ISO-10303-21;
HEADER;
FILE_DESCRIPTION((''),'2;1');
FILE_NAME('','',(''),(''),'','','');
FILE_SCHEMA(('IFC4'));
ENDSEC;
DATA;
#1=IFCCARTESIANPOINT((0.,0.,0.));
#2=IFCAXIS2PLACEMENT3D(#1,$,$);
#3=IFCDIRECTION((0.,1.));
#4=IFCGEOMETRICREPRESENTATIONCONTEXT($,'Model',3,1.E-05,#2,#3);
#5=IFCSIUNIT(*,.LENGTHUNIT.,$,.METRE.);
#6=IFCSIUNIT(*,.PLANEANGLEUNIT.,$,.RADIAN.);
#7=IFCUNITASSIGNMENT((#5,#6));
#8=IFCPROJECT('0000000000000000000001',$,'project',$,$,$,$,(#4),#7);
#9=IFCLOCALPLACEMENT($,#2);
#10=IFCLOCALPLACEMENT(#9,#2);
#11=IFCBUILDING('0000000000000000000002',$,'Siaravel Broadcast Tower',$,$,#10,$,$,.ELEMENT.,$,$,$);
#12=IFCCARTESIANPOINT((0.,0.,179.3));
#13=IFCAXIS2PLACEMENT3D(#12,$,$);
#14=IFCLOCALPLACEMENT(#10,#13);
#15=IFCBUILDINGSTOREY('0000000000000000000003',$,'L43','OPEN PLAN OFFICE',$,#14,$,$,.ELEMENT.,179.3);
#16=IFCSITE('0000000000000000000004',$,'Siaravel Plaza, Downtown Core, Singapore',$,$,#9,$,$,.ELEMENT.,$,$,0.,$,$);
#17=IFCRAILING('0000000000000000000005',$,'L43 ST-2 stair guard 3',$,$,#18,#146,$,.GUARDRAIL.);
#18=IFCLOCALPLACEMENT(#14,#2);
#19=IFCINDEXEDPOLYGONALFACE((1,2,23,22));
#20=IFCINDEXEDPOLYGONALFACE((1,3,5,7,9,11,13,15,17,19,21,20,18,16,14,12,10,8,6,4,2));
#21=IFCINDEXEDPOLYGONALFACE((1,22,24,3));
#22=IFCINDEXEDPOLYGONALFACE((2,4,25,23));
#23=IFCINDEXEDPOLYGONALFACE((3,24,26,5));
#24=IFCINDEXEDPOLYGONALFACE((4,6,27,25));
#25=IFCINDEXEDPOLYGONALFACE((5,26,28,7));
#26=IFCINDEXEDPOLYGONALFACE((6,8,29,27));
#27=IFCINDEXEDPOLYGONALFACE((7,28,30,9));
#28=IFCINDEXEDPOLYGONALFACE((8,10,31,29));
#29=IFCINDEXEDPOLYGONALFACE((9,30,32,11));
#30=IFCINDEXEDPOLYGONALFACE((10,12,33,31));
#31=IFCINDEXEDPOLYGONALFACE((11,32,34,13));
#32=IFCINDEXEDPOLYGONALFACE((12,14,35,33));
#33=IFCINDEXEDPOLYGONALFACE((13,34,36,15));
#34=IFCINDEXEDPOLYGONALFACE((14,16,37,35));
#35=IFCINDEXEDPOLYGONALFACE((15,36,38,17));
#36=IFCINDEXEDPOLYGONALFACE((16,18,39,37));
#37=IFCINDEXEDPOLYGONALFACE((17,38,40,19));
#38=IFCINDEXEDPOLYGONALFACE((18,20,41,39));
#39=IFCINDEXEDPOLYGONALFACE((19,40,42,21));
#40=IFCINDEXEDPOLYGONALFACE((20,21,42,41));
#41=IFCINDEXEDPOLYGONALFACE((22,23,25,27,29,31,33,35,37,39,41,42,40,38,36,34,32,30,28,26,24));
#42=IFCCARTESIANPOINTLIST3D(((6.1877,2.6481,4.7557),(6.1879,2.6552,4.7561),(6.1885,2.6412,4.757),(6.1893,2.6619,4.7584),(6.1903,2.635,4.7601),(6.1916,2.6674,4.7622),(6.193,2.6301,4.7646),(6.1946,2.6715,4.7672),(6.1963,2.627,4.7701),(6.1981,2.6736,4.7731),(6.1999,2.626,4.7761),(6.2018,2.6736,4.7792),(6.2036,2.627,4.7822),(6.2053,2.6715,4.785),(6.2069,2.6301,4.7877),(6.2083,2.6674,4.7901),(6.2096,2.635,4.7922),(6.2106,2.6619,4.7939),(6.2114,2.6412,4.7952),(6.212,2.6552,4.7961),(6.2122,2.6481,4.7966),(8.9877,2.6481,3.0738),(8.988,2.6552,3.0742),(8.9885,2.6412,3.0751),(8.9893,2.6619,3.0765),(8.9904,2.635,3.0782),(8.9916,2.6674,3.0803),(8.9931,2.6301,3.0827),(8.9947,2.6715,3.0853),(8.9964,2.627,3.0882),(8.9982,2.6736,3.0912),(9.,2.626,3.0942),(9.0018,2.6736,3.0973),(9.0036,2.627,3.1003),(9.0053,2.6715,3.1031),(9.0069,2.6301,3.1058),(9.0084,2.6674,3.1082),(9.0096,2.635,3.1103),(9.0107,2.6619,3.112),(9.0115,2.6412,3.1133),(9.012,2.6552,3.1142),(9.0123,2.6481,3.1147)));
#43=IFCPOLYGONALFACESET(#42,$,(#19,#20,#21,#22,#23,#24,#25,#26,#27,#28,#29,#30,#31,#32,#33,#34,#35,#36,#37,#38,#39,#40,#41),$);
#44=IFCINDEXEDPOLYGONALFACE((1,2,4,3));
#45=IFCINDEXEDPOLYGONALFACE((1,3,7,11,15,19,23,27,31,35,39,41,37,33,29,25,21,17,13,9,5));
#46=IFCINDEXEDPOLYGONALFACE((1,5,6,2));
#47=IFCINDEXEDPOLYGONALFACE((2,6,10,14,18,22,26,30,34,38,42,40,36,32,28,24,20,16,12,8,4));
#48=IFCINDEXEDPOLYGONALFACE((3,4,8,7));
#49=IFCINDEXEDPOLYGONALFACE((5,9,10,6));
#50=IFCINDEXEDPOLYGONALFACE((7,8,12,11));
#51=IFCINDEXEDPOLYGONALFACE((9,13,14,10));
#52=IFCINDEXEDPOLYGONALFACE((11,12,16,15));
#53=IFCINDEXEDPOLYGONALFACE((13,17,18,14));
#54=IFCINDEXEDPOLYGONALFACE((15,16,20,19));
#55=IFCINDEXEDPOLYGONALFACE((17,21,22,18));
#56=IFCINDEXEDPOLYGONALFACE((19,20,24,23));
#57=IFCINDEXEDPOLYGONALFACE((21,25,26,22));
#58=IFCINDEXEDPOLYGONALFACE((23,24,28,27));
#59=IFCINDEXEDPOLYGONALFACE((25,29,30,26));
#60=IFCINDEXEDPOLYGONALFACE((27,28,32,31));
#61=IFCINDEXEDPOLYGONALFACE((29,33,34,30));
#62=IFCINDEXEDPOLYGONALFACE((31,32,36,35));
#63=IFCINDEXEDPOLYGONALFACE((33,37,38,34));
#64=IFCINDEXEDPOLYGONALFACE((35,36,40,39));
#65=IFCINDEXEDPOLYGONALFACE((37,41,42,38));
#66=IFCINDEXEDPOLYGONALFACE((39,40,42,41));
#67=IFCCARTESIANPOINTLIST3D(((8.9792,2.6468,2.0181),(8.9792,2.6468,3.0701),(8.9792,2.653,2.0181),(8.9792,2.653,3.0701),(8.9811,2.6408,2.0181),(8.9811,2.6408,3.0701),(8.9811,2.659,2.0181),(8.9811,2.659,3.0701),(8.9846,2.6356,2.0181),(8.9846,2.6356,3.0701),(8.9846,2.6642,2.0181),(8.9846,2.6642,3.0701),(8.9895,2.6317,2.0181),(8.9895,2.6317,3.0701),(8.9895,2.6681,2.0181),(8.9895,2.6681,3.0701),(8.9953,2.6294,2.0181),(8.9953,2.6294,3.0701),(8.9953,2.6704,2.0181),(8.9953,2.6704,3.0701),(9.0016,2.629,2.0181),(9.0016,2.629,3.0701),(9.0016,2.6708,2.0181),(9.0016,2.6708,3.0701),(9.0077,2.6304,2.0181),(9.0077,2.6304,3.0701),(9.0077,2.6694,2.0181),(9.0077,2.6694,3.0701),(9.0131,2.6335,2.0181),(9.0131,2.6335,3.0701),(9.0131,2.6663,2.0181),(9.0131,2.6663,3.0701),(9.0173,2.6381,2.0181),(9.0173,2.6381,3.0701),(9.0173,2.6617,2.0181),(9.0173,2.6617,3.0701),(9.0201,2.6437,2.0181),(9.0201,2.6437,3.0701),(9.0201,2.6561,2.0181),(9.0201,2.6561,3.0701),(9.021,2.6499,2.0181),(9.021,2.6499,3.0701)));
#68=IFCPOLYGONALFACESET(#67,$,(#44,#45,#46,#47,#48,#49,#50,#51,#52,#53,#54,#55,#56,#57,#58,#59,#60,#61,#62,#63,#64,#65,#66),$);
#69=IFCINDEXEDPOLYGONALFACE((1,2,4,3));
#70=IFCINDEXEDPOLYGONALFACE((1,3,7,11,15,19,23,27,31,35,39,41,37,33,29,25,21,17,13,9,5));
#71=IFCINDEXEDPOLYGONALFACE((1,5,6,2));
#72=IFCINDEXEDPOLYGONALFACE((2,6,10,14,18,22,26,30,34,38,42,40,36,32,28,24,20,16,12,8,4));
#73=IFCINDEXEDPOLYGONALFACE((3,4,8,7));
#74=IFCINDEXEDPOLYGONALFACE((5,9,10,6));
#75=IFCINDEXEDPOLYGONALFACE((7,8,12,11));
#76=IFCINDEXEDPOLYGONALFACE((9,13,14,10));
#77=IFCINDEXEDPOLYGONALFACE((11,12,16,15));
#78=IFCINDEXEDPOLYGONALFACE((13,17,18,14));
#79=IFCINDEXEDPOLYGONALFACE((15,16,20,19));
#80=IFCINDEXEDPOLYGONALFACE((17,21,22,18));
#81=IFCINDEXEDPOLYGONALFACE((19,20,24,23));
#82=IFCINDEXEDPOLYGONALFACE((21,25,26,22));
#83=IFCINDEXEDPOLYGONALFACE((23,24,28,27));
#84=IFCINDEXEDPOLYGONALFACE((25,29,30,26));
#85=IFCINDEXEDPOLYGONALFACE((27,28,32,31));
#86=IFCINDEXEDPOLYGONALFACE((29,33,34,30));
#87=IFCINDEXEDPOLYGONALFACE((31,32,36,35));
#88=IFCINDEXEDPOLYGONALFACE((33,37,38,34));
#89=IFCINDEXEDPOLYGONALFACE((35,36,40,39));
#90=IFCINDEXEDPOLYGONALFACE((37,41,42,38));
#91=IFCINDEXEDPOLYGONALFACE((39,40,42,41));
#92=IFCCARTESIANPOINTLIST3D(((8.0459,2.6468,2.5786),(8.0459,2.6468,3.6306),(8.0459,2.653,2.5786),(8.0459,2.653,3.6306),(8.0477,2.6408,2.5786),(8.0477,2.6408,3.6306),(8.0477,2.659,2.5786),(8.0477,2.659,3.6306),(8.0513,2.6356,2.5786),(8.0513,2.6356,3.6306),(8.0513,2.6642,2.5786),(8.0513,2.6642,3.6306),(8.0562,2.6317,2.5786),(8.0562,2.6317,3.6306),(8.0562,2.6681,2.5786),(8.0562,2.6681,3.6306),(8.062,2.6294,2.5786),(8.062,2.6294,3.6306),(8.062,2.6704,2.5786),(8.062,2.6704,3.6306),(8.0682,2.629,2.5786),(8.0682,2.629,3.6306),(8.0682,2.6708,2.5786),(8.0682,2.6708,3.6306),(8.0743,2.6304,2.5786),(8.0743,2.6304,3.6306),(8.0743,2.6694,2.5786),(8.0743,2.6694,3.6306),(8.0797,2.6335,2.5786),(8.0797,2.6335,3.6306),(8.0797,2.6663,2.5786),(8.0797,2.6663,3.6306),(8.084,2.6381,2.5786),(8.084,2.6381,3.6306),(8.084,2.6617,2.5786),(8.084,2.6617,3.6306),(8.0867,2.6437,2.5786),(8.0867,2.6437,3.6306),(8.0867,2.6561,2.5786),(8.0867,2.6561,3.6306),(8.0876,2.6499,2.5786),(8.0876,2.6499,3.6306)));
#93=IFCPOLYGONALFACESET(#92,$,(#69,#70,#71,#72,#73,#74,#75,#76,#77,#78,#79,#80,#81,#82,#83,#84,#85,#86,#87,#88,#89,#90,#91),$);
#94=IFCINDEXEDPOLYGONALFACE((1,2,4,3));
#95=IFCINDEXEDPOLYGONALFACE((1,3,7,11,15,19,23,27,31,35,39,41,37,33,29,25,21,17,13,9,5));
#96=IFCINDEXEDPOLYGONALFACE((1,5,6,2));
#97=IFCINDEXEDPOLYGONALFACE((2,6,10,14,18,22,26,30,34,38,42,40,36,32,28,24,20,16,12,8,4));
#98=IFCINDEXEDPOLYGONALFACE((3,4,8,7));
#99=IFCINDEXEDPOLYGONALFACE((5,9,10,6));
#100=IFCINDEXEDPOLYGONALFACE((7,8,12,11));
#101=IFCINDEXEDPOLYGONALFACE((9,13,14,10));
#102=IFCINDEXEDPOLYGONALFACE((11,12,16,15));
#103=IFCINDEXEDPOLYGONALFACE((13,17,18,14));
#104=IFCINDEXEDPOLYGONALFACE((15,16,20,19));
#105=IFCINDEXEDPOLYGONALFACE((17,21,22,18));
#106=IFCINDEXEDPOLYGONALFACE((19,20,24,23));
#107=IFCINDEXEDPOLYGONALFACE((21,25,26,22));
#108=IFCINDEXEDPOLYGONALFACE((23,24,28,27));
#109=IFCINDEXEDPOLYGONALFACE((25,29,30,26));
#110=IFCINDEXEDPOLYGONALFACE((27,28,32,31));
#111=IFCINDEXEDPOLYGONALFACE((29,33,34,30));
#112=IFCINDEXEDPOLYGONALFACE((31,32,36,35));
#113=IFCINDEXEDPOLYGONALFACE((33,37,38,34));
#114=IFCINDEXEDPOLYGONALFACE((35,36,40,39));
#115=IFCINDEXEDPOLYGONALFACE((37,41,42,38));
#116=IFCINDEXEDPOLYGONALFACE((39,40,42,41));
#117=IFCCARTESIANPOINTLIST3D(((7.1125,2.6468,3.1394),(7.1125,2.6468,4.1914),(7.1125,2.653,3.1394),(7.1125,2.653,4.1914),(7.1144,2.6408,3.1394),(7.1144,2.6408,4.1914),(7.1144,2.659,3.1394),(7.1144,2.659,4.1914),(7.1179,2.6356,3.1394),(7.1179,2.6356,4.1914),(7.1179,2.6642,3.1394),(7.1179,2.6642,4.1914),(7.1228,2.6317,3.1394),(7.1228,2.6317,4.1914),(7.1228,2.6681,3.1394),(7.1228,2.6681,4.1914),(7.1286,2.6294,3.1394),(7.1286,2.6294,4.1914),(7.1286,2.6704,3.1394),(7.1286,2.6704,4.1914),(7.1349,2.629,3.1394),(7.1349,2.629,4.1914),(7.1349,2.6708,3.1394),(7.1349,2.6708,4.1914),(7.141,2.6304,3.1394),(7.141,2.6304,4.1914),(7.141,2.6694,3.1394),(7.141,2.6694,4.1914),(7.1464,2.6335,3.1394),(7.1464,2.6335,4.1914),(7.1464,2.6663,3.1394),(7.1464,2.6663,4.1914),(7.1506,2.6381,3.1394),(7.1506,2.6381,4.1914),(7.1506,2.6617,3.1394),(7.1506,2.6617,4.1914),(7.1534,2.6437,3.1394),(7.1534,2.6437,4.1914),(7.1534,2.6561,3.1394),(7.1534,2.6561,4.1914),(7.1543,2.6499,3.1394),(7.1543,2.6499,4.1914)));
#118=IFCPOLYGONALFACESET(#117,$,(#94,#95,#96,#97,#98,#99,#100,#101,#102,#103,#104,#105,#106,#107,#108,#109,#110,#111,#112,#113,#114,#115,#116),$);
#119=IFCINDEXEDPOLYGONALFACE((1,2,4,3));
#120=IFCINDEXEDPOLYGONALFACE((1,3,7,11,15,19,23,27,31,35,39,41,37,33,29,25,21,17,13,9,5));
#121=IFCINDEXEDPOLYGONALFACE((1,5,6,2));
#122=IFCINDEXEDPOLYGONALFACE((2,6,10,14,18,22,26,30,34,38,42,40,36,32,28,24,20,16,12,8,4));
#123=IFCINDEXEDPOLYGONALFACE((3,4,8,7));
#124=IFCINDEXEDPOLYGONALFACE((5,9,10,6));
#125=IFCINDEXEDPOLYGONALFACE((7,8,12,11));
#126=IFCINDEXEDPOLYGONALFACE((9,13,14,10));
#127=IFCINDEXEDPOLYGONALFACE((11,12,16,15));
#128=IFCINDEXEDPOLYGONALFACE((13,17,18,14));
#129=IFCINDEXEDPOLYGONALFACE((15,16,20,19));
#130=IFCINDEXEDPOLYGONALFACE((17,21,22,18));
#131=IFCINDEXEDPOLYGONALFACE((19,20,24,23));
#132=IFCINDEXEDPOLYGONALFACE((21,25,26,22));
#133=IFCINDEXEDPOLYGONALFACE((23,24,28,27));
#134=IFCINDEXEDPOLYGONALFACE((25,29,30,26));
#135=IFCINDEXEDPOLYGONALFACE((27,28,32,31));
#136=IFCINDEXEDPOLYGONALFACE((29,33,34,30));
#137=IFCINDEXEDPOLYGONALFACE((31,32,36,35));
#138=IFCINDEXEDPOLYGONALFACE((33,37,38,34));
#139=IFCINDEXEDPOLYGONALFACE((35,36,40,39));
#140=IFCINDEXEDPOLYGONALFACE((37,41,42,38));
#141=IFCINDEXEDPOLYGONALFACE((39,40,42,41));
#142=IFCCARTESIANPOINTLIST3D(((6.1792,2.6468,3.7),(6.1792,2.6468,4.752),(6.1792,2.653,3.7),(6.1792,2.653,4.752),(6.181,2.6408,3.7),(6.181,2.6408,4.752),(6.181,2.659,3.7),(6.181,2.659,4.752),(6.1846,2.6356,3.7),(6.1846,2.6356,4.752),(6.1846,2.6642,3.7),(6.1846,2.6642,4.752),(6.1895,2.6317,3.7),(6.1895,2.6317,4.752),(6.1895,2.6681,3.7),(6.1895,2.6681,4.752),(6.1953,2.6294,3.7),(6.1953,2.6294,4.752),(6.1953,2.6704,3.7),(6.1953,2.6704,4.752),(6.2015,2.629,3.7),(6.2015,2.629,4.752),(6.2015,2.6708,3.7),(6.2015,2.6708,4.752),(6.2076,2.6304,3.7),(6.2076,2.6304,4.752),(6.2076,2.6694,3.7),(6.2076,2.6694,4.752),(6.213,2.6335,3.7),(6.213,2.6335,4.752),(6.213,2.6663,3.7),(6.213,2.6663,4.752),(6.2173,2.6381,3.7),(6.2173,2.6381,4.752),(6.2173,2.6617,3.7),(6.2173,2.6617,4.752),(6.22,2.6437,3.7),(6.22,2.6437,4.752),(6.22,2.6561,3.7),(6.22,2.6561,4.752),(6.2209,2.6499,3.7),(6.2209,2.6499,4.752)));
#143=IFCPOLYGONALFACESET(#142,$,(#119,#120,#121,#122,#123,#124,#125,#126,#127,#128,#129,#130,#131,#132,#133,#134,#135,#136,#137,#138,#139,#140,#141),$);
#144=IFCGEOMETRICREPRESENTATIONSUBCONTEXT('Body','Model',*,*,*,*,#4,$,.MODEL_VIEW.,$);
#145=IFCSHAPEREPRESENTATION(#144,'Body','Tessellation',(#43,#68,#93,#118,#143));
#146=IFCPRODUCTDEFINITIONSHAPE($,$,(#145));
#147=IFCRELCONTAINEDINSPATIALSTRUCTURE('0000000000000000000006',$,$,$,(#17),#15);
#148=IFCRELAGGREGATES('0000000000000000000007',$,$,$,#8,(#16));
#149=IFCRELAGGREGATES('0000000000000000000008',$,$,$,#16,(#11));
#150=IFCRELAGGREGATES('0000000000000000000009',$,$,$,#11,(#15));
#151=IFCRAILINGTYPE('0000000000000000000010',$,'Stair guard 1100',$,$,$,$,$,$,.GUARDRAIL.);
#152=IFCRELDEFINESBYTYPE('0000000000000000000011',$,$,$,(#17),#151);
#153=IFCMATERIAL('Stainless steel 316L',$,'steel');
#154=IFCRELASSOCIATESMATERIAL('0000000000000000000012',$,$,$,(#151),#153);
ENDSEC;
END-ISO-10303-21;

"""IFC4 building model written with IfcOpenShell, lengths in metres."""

from ifc_helpers import new_model, si_unit, direction, frame, origin, origin_2d, place, context, subcontext, project, spatial, circle, extrude, material, type_object, element, save


model = new_model("IFC4")

# Units and contexts
model_context = context("Model", 3, precision=1e-05, world=origin(), true_north=direction((0.0, 1.0)))
body_context = subcontext(model_context, "Body", "Model", "MODEL_VIEW")
ifc_project = project(units=[si_unit("LENGTHUNIT", "METRE"), si_unit("PLANEANGLEUNIT", "RADIAN")], contexts=[model_context])

# Site, building, storey
site_placement = place(None, origin())
site = spatial("IfcSite", under=ifc_project, at=site_placement, Name="Siaravel Plaza, Downtown Core, Singapore", CompositionType="ELEMENT", RefElevation=0.0)
building_placement = place(site_placement, origin())
building = spatial("IfcBuilding", under=site, at=building_placement, Name="Siaravel Broadcast Tower", CompositionType="ELEMENT")
storey_placement = place(building_placement, frame((0.0, 0.0, 179.3)))
storey = spatial("IfcBuildingStorey", under=building, at=storey_placement, Name="L43", Description="OPEN PLAN OFFICE", CompositionType="ELEMENT", Elevation=179.3)

# Railing
ifc_material_1 = material(Name="Stainless steel 316L", Category="steel")
railing_type_1 = type_object("IfcRailingType", Name="Stair guard 1100", PredefinedType="GUARDRAIL", material=ifc_material_1)
railing_1_placement = place(storey_placement, frame((9.0, 2.6499, 2.0181)))
element("IfcRailing", 1, at=railing_1_placement, inside=storey, type_object=railing_type_1, Name="L43 ST-2 stair guard 3", PredefinedType="GUARDRAIL", context=body_context, shape_type="SweptSolid", body=[
    extrude(circle(Radius=0.0239, at=origin_2d()), frame((0.0, 0.0, 1.0762), z_axis=(-0.857242, 0.0, 0.514913), x_axis=(0.0, -1.0, 0.0)), (0.0, 0.0, 1.0), 3.2664),
    extrude(circle(Radius=0.021, at=origin_2d()), origin(), (0.0, 0.0, 1.0), 1.052),
    extrude(circle(Radius=0.021, at=origin_2d()), frame((-0.9333, 0.0, 0.5605)), (0.0, 0.0, 1.0), 1.052),
    extrude(circle(Radius=0.021, at=origin_2d()), frame((-1.8667, 0.0, 1.1213)), (0.0, 0.0, 1.0), 1.052),
    extrude(circle(Radius=0.021, at=origin_2d()), frame((-2.8, 0.0, 1.6819)), (0.0, 0.0, 1.0), 1.052),
])

save(model, "model.ifc")
